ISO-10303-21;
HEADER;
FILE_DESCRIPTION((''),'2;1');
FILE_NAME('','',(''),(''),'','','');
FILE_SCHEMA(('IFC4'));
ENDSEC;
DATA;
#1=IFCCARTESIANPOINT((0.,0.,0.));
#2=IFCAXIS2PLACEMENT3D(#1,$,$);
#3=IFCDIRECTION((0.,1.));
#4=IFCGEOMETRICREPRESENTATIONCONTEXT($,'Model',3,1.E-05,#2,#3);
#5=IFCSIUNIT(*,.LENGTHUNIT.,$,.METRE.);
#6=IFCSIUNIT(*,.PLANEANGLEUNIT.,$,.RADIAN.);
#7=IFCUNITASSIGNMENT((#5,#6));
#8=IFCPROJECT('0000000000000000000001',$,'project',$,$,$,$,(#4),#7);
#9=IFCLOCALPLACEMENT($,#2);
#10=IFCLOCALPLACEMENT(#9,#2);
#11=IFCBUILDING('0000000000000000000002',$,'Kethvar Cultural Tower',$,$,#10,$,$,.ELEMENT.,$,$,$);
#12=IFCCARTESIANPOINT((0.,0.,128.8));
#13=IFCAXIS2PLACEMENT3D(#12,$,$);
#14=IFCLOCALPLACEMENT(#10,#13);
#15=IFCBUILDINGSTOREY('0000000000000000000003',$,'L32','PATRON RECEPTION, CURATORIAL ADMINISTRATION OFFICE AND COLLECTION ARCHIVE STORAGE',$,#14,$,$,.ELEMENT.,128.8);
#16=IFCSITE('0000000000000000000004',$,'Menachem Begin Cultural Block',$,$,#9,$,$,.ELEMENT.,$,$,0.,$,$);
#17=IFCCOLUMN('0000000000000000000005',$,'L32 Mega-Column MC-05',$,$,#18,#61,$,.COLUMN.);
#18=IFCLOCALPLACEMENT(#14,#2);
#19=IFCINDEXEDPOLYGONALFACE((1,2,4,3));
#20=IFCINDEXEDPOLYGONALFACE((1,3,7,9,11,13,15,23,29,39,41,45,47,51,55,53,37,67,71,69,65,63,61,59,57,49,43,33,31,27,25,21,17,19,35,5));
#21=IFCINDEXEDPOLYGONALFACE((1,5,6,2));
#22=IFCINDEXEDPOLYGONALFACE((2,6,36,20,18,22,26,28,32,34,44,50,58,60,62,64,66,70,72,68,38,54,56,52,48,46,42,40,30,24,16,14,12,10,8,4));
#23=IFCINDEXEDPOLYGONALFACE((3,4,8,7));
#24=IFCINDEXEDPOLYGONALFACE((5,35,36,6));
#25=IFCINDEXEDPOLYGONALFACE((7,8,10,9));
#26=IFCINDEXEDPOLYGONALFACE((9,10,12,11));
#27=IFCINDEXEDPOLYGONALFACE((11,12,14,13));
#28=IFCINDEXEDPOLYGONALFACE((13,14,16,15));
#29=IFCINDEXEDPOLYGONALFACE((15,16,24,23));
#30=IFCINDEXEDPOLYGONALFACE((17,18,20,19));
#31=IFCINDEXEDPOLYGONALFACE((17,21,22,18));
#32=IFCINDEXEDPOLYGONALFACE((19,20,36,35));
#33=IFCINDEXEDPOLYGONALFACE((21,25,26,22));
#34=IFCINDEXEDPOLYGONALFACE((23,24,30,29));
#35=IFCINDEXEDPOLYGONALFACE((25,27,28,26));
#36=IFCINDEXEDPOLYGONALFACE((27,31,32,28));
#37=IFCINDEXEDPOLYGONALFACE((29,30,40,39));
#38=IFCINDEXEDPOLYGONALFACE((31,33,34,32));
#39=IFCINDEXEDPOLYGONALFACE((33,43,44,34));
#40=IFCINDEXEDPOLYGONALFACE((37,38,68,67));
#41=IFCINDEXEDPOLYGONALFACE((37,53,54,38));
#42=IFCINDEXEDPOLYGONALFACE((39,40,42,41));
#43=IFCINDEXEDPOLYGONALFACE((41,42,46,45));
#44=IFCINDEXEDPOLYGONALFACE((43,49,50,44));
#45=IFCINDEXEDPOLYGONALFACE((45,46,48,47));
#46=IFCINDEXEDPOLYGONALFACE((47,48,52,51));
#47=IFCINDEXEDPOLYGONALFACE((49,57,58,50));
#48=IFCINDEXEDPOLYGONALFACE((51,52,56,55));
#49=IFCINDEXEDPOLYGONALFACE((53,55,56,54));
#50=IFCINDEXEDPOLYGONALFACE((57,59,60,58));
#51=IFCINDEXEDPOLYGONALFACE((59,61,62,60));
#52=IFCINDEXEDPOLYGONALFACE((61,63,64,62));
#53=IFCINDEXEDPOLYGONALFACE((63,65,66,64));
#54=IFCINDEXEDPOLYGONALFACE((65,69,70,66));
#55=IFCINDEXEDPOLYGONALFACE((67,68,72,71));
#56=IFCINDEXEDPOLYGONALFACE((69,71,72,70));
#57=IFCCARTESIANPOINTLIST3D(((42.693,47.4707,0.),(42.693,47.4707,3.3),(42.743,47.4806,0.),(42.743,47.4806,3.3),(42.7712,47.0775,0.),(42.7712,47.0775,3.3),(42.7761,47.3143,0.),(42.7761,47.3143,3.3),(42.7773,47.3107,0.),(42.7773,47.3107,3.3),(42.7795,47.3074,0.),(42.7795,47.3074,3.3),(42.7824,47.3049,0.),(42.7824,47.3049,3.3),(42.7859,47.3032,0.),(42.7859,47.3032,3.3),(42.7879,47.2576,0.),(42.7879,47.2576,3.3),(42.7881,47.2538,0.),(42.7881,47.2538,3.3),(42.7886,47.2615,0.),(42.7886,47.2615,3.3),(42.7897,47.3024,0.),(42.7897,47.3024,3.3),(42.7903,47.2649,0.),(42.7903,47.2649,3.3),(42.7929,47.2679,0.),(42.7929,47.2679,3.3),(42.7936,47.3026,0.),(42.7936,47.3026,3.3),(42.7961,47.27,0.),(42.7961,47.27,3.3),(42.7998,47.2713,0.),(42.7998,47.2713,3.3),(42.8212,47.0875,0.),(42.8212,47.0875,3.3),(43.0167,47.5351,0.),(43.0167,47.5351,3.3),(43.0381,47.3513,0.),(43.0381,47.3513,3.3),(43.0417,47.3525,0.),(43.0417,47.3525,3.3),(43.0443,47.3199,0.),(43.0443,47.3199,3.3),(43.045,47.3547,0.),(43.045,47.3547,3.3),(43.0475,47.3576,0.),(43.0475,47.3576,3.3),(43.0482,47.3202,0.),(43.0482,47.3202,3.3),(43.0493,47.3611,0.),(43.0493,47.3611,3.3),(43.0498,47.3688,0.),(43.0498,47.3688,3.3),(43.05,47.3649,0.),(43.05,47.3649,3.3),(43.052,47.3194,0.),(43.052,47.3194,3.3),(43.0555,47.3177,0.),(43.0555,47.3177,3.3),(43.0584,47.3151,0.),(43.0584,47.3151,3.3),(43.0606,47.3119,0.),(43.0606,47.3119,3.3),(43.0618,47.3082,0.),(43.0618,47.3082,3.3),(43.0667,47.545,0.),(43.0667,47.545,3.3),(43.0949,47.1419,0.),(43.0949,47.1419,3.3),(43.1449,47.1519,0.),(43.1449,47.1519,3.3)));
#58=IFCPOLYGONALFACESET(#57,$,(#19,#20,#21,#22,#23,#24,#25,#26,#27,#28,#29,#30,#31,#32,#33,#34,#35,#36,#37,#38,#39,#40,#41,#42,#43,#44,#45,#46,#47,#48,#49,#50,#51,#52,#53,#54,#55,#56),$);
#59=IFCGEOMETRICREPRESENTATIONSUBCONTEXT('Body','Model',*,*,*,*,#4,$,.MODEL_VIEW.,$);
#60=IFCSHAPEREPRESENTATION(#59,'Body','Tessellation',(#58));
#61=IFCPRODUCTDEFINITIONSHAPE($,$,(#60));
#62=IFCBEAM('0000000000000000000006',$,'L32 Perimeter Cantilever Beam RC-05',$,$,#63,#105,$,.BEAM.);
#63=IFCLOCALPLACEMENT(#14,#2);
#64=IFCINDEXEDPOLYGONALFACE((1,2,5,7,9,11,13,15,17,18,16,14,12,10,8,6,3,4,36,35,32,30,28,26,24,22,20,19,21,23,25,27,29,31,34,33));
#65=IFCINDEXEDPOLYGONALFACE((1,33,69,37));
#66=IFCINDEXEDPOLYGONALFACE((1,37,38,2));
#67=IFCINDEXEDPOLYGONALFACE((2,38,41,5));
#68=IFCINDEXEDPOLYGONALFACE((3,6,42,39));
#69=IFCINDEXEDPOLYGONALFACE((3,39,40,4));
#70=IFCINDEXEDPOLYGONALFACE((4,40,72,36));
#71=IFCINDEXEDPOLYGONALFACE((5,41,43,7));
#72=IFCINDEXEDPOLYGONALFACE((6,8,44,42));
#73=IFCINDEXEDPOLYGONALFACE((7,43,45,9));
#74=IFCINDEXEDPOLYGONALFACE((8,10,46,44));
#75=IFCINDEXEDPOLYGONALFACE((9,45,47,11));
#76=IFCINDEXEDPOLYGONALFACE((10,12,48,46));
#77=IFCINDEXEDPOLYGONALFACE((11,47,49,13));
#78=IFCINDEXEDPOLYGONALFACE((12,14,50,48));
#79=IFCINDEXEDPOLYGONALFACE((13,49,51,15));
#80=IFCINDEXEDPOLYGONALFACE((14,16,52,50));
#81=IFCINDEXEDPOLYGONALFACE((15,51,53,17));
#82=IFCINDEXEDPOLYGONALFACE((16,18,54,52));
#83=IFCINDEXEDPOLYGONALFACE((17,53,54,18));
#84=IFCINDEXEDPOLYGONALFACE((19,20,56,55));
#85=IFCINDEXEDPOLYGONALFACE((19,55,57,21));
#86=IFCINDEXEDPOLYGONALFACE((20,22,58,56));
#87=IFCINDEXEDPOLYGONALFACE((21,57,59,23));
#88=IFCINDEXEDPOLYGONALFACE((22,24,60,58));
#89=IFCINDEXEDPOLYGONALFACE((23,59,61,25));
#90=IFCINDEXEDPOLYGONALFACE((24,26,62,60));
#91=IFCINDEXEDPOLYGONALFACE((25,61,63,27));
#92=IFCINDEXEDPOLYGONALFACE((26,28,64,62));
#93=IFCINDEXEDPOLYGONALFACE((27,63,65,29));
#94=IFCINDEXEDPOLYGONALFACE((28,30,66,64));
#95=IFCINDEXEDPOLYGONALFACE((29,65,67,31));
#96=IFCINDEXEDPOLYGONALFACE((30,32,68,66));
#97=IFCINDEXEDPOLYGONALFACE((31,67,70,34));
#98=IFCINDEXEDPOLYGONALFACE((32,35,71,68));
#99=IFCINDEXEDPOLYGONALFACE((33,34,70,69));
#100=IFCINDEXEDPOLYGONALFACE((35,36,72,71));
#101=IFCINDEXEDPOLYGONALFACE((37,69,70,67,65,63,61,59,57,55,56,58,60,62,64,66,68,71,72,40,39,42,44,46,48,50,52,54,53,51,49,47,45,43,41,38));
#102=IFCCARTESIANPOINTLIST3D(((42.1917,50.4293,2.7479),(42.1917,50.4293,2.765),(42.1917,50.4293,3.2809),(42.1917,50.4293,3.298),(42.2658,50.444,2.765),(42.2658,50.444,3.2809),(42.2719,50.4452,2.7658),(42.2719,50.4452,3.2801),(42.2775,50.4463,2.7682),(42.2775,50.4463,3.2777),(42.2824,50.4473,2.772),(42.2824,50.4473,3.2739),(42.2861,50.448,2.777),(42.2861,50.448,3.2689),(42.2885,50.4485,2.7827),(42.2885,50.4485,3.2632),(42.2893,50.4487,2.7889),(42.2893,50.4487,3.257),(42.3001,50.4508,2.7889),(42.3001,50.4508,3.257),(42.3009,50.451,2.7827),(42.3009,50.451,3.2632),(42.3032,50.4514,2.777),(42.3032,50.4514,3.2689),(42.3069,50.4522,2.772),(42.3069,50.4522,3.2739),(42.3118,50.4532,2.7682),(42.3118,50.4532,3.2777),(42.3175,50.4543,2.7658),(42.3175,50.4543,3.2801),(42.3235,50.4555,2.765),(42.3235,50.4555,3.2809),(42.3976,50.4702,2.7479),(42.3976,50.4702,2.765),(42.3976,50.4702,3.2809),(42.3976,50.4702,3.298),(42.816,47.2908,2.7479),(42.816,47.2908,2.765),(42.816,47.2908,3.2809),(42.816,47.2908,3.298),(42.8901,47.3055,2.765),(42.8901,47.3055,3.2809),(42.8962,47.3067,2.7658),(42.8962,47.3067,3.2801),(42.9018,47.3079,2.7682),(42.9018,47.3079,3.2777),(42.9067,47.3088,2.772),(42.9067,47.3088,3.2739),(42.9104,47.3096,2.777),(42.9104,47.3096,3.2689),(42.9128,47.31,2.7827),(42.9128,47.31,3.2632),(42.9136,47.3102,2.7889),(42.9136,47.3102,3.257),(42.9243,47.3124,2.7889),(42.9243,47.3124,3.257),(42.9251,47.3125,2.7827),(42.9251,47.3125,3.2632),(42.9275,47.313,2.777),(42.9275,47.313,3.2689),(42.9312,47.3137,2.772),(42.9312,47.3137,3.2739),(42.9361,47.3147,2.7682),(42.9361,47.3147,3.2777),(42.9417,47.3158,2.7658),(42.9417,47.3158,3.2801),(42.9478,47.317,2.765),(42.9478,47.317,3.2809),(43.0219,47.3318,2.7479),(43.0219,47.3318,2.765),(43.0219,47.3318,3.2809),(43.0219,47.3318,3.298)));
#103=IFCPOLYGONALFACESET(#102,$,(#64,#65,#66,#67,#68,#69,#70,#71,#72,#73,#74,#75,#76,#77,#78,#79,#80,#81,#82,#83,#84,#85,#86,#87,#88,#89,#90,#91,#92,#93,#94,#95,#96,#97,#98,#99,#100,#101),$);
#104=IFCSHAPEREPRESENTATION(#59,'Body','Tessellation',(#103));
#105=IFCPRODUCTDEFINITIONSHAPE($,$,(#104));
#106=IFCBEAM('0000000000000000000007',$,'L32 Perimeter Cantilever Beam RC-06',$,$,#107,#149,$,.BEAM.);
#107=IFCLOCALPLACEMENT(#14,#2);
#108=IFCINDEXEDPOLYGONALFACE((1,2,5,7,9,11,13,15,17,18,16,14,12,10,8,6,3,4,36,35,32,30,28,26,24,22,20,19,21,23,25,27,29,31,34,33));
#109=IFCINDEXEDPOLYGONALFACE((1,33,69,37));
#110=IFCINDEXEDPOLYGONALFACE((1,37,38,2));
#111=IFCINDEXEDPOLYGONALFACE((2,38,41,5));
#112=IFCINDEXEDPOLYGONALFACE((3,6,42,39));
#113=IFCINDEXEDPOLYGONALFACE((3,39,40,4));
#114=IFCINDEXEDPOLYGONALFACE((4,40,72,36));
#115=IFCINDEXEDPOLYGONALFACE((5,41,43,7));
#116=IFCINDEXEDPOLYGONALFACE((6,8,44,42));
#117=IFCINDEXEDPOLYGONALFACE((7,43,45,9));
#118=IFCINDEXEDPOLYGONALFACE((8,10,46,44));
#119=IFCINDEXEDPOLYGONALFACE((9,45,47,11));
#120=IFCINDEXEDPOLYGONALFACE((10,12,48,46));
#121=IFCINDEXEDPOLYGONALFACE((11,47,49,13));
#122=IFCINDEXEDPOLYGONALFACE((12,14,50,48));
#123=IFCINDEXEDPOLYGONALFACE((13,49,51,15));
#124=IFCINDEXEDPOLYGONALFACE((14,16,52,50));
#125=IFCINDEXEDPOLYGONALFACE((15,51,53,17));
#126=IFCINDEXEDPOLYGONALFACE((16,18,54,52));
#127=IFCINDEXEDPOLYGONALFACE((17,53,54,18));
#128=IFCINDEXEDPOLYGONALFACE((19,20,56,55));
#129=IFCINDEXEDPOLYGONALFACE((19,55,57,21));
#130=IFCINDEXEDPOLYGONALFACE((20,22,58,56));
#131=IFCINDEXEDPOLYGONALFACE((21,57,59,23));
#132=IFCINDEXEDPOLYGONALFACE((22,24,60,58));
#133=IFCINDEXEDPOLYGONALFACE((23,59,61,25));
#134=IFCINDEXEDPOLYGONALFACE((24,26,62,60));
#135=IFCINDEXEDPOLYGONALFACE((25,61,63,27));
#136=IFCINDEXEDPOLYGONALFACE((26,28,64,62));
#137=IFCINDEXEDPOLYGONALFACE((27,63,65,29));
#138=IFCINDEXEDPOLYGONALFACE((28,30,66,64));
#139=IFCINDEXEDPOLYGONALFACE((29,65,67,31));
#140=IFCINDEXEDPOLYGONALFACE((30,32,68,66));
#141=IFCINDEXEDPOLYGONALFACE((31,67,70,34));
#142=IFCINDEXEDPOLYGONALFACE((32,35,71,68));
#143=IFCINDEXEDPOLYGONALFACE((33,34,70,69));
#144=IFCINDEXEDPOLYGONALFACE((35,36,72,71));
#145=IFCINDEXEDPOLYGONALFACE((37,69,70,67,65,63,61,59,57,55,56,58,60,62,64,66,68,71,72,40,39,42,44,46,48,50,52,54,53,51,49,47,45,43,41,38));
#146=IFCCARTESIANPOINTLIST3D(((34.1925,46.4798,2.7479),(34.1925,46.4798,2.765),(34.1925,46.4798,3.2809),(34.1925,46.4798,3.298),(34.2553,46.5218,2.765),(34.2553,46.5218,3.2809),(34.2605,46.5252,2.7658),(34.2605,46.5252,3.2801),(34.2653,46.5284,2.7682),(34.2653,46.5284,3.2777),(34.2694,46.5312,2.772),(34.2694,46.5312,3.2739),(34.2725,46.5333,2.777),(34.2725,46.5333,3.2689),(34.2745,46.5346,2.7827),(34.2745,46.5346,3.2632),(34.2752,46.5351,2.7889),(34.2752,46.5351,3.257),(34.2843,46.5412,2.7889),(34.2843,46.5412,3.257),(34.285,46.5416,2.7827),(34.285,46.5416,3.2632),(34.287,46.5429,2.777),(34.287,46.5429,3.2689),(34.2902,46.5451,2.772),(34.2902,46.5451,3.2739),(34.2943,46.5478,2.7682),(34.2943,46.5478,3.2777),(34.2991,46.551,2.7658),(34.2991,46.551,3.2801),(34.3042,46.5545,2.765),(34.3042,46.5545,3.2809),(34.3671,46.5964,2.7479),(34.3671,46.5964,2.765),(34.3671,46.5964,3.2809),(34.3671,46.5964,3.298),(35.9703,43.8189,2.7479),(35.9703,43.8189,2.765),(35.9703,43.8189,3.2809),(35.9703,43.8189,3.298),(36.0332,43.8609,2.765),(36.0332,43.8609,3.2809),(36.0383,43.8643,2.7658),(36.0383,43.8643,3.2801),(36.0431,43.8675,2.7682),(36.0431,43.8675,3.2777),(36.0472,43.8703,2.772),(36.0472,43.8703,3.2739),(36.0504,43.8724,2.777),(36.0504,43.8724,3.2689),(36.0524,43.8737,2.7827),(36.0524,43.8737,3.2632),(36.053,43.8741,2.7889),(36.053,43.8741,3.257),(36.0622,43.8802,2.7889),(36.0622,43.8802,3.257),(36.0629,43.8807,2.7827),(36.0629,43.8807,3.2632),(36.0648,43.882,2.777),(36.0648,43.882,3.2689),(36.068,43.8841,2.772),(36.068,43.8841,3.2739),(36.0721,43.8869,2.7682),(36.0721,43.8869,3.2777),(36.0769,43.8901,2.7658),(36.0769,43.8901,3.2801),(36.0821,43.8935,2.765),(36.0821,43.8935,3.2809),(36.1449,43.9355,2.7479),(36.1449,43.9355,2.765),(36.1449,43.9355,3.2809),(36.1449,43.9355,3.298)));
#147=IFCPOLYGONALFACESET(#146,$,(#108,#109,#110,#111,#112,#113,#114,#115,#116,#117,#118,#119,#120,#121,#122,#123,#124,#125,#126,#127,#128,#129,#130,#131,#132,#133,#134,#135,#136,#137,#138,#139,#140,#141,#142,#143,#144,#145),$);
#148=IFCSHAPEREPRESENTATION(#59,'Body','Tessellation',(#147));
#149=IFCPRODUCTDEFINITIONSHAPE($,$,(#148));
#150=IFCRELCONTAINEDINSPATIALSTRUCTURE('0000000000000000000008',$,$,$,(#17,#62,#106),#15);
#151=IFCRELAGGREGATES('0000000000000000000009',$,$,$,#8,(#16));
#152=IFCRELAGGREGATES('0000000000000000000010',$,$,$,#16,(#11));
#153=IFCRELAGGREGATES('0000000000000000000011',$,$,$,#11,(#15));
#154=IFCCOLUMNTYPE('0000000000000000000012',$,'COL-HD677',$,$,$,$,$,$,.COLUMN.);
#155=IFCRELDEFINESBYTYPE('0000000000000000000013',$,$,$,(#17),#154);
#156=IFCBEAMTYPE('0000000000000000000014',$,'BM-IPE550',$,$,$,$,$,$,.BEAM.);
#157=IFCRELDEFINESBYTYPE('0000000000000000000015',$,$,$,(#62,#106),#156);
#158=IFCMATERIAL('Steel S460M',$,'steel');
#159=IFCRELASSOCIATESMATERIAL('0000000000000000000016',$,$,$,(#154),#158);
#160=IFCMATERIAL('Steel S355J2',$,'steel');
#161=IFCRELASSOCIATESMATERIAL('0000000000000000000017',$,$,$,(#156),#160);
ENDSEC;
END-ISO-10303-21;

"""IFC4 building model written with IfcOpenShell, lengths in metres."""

from ifc_helpers import new_model, si_unit, direction, frame, origin, origin_2d, place, context, subcontext, project, spatial, i_section, extrude, source, transform, mapped, material, material_profile, profile_set, type_object, element, save


model = new_model("IFC4")

# Units and contexts
model_context = context("Model", 3, precision=1e-05, world=origin(), true_north=direction((0.0, 1.0)))
body_context = subcontext(model_context, "Body", "Model", "MODEL_VIEW")
ifc_project = project(units=[si_unit("LENGTHUNIT", "METRE"), si_unit("PLANEANGLEUNIT", "RADIAN")], contexts=[model_context])

# Site, building, storey
site_placement = place(None, origin())
site = spatial("IfcSite", under=ifc_project, at=site_placement, Name="Menachem Begin Cultural Block", CompositionType="ELEMENT", RefElevation=0.0)
building_placement = place(site_placement, origin())
building = spatial("IfcBuilding", under=site, at=building_placement, Name="Kethvar Cultural Tower", CompositionType="ELEMENT")
storey_placement = place(building_placement, frame((0.0, 0.0, 128.8)))
storey = spatial("IfcBuildingStorey", under=building, at=storey_placement, Name="L32", Description="PATRON RECEPTION, CURATORIAL ADMINISTRATION OFFICE AND COLLECTION ARCHIVE STORAGE", CompositionType="ELEMENT", Elevation=128.8)

# Column
ifc_material_1 = material(Name="Steel S460M", Category="steel")
ifc_material_profile_1 = material_profile(ifc_material_1, i_section(OverallWidth=0.4009, OverallDepth=0.3811, WebThickness=0.032, FlangeThickness=0.051, FilletRadius=0.0149, at=origin_2d()), Name="Steel S460M — HD400x677")
ifc_profile_set_1 = profile_set([ifc_material_profile_1], Name="Steel S460M — HD400x677")
column_type = type_object("IfcColumnType", Name="COL-HD677", PredefinedType="COLUMN", material=ifc_profile_set_1)
shared_shape_1 = source(origin(), body_context, "Body", "SweptSolid", [
    extrude(i_section(OverallWidth=0.4009, OverallDepth=0.3811, WebThickness=0.032, FlangeThickness=0.051, FilletRadius=0.0149, at=origin_2d()), origin(), (0.0, 0.0, 1.0), 3.3),
])
column_placement = place(storey_placement, frame((42.9189, 47.3113, 0.0), z_axis=(0.0, 0.0, 1.0), x_axis=(-0.19509, 0.980785, 0.0)))
element("IfcColumn", 1, at=column_placement, inside=storey, type_object=column_type, Name="L32 Mega-Column MC-05", PredefinedType="COLUMN", context=body_context, shape_type="MappedRepresentation", body=[
    mapped(shared_shape_1, transform((0.0, 0.0, 0.0), scale=1.0)),
])

# Beams
ifc_material_2 = material(Name="Steel S355J2", Category="steel")
ifc_material_profile_2 = material_profile(ifc_material_2, i_section(OverallWidth=0.21, OverallDepth=0.55, WebThickness=0.011, FlangeThickness=0.0171, FilletRadius=0.0239, at=origin_2d()), Name="Steel S355J2 — IPE550")
ifc_profile_set_2 = profile_set([ifc_material_profile_2], Name="Steel S355J2 — IPE550")
beam_type_1 = type_object("IfcBeamType", Name="BM-IPE550", PredefinedType="BEAM", material=ifc_profile_set_2)
shared_shape_2 = source(origin(), body_context, "Body", "SweptSolid", [
    extrude(i_section(OverallWidth=0.21, OverallDepth=0.55, WebThickness=0.011, FlangeThickness=0.0171, FilletRadius=0.0239, at=origin_2d()), origin(), (0.0, 0.0, 1.0), 3.2),
])
beam_1_placement = place(storey_placement, frame((42.9189, 47.3113, 3.0229), z_axis=(-0.195089, 0.980786, 0.0), x_axis=(-0.980786, -0.195089, 0.0)))
element("IfcBeam", 2, at=beam_1_placement, inside=storey, type_object=beam_type_1, Name="L32 Perimeter Cantilever Beam RC-05", PredefinedType="BEAM", context=body_context, shape_type="MappedRepresentation", body=[
    mapped(shared_shape_2, transform((0.0, 0.0, 0.0), scale=1.0)),
])
shared_shape_3 = source(origin(), body_context, "Body", "SweptSolid", [
    extrude(i_section(OverallWidth=0.21, OverallDepth=0.55, WebThickness=0.011, FlangeThickness=0.0171, FilletRadius=0.0239, at=origin_2d()), origin(), (0.0, 0.0, 1.0), 3.2002),
])
beam_2_placement = place(storey_placement, frame((36.0576, 43.8772, 3.0229), z_axis=(-0.555545, 0.831486, 0.0), x_axis=(-0.831486, -0.555545, 0.0)))
element("IfcBeam", 3, at=beam_2_placement, inside=storey, type_object=beam_type_1, Name="L32 Perimeter Cantilever Beam RC-06", PredefinedType="BEAM", context=body_context, shape_type="MappedRepresentation", body=[
    mapped(shared_shape_3, transform((0.0, 0.0, 0.0), scale=1.0)),
])

save(model, "model.ifc")
